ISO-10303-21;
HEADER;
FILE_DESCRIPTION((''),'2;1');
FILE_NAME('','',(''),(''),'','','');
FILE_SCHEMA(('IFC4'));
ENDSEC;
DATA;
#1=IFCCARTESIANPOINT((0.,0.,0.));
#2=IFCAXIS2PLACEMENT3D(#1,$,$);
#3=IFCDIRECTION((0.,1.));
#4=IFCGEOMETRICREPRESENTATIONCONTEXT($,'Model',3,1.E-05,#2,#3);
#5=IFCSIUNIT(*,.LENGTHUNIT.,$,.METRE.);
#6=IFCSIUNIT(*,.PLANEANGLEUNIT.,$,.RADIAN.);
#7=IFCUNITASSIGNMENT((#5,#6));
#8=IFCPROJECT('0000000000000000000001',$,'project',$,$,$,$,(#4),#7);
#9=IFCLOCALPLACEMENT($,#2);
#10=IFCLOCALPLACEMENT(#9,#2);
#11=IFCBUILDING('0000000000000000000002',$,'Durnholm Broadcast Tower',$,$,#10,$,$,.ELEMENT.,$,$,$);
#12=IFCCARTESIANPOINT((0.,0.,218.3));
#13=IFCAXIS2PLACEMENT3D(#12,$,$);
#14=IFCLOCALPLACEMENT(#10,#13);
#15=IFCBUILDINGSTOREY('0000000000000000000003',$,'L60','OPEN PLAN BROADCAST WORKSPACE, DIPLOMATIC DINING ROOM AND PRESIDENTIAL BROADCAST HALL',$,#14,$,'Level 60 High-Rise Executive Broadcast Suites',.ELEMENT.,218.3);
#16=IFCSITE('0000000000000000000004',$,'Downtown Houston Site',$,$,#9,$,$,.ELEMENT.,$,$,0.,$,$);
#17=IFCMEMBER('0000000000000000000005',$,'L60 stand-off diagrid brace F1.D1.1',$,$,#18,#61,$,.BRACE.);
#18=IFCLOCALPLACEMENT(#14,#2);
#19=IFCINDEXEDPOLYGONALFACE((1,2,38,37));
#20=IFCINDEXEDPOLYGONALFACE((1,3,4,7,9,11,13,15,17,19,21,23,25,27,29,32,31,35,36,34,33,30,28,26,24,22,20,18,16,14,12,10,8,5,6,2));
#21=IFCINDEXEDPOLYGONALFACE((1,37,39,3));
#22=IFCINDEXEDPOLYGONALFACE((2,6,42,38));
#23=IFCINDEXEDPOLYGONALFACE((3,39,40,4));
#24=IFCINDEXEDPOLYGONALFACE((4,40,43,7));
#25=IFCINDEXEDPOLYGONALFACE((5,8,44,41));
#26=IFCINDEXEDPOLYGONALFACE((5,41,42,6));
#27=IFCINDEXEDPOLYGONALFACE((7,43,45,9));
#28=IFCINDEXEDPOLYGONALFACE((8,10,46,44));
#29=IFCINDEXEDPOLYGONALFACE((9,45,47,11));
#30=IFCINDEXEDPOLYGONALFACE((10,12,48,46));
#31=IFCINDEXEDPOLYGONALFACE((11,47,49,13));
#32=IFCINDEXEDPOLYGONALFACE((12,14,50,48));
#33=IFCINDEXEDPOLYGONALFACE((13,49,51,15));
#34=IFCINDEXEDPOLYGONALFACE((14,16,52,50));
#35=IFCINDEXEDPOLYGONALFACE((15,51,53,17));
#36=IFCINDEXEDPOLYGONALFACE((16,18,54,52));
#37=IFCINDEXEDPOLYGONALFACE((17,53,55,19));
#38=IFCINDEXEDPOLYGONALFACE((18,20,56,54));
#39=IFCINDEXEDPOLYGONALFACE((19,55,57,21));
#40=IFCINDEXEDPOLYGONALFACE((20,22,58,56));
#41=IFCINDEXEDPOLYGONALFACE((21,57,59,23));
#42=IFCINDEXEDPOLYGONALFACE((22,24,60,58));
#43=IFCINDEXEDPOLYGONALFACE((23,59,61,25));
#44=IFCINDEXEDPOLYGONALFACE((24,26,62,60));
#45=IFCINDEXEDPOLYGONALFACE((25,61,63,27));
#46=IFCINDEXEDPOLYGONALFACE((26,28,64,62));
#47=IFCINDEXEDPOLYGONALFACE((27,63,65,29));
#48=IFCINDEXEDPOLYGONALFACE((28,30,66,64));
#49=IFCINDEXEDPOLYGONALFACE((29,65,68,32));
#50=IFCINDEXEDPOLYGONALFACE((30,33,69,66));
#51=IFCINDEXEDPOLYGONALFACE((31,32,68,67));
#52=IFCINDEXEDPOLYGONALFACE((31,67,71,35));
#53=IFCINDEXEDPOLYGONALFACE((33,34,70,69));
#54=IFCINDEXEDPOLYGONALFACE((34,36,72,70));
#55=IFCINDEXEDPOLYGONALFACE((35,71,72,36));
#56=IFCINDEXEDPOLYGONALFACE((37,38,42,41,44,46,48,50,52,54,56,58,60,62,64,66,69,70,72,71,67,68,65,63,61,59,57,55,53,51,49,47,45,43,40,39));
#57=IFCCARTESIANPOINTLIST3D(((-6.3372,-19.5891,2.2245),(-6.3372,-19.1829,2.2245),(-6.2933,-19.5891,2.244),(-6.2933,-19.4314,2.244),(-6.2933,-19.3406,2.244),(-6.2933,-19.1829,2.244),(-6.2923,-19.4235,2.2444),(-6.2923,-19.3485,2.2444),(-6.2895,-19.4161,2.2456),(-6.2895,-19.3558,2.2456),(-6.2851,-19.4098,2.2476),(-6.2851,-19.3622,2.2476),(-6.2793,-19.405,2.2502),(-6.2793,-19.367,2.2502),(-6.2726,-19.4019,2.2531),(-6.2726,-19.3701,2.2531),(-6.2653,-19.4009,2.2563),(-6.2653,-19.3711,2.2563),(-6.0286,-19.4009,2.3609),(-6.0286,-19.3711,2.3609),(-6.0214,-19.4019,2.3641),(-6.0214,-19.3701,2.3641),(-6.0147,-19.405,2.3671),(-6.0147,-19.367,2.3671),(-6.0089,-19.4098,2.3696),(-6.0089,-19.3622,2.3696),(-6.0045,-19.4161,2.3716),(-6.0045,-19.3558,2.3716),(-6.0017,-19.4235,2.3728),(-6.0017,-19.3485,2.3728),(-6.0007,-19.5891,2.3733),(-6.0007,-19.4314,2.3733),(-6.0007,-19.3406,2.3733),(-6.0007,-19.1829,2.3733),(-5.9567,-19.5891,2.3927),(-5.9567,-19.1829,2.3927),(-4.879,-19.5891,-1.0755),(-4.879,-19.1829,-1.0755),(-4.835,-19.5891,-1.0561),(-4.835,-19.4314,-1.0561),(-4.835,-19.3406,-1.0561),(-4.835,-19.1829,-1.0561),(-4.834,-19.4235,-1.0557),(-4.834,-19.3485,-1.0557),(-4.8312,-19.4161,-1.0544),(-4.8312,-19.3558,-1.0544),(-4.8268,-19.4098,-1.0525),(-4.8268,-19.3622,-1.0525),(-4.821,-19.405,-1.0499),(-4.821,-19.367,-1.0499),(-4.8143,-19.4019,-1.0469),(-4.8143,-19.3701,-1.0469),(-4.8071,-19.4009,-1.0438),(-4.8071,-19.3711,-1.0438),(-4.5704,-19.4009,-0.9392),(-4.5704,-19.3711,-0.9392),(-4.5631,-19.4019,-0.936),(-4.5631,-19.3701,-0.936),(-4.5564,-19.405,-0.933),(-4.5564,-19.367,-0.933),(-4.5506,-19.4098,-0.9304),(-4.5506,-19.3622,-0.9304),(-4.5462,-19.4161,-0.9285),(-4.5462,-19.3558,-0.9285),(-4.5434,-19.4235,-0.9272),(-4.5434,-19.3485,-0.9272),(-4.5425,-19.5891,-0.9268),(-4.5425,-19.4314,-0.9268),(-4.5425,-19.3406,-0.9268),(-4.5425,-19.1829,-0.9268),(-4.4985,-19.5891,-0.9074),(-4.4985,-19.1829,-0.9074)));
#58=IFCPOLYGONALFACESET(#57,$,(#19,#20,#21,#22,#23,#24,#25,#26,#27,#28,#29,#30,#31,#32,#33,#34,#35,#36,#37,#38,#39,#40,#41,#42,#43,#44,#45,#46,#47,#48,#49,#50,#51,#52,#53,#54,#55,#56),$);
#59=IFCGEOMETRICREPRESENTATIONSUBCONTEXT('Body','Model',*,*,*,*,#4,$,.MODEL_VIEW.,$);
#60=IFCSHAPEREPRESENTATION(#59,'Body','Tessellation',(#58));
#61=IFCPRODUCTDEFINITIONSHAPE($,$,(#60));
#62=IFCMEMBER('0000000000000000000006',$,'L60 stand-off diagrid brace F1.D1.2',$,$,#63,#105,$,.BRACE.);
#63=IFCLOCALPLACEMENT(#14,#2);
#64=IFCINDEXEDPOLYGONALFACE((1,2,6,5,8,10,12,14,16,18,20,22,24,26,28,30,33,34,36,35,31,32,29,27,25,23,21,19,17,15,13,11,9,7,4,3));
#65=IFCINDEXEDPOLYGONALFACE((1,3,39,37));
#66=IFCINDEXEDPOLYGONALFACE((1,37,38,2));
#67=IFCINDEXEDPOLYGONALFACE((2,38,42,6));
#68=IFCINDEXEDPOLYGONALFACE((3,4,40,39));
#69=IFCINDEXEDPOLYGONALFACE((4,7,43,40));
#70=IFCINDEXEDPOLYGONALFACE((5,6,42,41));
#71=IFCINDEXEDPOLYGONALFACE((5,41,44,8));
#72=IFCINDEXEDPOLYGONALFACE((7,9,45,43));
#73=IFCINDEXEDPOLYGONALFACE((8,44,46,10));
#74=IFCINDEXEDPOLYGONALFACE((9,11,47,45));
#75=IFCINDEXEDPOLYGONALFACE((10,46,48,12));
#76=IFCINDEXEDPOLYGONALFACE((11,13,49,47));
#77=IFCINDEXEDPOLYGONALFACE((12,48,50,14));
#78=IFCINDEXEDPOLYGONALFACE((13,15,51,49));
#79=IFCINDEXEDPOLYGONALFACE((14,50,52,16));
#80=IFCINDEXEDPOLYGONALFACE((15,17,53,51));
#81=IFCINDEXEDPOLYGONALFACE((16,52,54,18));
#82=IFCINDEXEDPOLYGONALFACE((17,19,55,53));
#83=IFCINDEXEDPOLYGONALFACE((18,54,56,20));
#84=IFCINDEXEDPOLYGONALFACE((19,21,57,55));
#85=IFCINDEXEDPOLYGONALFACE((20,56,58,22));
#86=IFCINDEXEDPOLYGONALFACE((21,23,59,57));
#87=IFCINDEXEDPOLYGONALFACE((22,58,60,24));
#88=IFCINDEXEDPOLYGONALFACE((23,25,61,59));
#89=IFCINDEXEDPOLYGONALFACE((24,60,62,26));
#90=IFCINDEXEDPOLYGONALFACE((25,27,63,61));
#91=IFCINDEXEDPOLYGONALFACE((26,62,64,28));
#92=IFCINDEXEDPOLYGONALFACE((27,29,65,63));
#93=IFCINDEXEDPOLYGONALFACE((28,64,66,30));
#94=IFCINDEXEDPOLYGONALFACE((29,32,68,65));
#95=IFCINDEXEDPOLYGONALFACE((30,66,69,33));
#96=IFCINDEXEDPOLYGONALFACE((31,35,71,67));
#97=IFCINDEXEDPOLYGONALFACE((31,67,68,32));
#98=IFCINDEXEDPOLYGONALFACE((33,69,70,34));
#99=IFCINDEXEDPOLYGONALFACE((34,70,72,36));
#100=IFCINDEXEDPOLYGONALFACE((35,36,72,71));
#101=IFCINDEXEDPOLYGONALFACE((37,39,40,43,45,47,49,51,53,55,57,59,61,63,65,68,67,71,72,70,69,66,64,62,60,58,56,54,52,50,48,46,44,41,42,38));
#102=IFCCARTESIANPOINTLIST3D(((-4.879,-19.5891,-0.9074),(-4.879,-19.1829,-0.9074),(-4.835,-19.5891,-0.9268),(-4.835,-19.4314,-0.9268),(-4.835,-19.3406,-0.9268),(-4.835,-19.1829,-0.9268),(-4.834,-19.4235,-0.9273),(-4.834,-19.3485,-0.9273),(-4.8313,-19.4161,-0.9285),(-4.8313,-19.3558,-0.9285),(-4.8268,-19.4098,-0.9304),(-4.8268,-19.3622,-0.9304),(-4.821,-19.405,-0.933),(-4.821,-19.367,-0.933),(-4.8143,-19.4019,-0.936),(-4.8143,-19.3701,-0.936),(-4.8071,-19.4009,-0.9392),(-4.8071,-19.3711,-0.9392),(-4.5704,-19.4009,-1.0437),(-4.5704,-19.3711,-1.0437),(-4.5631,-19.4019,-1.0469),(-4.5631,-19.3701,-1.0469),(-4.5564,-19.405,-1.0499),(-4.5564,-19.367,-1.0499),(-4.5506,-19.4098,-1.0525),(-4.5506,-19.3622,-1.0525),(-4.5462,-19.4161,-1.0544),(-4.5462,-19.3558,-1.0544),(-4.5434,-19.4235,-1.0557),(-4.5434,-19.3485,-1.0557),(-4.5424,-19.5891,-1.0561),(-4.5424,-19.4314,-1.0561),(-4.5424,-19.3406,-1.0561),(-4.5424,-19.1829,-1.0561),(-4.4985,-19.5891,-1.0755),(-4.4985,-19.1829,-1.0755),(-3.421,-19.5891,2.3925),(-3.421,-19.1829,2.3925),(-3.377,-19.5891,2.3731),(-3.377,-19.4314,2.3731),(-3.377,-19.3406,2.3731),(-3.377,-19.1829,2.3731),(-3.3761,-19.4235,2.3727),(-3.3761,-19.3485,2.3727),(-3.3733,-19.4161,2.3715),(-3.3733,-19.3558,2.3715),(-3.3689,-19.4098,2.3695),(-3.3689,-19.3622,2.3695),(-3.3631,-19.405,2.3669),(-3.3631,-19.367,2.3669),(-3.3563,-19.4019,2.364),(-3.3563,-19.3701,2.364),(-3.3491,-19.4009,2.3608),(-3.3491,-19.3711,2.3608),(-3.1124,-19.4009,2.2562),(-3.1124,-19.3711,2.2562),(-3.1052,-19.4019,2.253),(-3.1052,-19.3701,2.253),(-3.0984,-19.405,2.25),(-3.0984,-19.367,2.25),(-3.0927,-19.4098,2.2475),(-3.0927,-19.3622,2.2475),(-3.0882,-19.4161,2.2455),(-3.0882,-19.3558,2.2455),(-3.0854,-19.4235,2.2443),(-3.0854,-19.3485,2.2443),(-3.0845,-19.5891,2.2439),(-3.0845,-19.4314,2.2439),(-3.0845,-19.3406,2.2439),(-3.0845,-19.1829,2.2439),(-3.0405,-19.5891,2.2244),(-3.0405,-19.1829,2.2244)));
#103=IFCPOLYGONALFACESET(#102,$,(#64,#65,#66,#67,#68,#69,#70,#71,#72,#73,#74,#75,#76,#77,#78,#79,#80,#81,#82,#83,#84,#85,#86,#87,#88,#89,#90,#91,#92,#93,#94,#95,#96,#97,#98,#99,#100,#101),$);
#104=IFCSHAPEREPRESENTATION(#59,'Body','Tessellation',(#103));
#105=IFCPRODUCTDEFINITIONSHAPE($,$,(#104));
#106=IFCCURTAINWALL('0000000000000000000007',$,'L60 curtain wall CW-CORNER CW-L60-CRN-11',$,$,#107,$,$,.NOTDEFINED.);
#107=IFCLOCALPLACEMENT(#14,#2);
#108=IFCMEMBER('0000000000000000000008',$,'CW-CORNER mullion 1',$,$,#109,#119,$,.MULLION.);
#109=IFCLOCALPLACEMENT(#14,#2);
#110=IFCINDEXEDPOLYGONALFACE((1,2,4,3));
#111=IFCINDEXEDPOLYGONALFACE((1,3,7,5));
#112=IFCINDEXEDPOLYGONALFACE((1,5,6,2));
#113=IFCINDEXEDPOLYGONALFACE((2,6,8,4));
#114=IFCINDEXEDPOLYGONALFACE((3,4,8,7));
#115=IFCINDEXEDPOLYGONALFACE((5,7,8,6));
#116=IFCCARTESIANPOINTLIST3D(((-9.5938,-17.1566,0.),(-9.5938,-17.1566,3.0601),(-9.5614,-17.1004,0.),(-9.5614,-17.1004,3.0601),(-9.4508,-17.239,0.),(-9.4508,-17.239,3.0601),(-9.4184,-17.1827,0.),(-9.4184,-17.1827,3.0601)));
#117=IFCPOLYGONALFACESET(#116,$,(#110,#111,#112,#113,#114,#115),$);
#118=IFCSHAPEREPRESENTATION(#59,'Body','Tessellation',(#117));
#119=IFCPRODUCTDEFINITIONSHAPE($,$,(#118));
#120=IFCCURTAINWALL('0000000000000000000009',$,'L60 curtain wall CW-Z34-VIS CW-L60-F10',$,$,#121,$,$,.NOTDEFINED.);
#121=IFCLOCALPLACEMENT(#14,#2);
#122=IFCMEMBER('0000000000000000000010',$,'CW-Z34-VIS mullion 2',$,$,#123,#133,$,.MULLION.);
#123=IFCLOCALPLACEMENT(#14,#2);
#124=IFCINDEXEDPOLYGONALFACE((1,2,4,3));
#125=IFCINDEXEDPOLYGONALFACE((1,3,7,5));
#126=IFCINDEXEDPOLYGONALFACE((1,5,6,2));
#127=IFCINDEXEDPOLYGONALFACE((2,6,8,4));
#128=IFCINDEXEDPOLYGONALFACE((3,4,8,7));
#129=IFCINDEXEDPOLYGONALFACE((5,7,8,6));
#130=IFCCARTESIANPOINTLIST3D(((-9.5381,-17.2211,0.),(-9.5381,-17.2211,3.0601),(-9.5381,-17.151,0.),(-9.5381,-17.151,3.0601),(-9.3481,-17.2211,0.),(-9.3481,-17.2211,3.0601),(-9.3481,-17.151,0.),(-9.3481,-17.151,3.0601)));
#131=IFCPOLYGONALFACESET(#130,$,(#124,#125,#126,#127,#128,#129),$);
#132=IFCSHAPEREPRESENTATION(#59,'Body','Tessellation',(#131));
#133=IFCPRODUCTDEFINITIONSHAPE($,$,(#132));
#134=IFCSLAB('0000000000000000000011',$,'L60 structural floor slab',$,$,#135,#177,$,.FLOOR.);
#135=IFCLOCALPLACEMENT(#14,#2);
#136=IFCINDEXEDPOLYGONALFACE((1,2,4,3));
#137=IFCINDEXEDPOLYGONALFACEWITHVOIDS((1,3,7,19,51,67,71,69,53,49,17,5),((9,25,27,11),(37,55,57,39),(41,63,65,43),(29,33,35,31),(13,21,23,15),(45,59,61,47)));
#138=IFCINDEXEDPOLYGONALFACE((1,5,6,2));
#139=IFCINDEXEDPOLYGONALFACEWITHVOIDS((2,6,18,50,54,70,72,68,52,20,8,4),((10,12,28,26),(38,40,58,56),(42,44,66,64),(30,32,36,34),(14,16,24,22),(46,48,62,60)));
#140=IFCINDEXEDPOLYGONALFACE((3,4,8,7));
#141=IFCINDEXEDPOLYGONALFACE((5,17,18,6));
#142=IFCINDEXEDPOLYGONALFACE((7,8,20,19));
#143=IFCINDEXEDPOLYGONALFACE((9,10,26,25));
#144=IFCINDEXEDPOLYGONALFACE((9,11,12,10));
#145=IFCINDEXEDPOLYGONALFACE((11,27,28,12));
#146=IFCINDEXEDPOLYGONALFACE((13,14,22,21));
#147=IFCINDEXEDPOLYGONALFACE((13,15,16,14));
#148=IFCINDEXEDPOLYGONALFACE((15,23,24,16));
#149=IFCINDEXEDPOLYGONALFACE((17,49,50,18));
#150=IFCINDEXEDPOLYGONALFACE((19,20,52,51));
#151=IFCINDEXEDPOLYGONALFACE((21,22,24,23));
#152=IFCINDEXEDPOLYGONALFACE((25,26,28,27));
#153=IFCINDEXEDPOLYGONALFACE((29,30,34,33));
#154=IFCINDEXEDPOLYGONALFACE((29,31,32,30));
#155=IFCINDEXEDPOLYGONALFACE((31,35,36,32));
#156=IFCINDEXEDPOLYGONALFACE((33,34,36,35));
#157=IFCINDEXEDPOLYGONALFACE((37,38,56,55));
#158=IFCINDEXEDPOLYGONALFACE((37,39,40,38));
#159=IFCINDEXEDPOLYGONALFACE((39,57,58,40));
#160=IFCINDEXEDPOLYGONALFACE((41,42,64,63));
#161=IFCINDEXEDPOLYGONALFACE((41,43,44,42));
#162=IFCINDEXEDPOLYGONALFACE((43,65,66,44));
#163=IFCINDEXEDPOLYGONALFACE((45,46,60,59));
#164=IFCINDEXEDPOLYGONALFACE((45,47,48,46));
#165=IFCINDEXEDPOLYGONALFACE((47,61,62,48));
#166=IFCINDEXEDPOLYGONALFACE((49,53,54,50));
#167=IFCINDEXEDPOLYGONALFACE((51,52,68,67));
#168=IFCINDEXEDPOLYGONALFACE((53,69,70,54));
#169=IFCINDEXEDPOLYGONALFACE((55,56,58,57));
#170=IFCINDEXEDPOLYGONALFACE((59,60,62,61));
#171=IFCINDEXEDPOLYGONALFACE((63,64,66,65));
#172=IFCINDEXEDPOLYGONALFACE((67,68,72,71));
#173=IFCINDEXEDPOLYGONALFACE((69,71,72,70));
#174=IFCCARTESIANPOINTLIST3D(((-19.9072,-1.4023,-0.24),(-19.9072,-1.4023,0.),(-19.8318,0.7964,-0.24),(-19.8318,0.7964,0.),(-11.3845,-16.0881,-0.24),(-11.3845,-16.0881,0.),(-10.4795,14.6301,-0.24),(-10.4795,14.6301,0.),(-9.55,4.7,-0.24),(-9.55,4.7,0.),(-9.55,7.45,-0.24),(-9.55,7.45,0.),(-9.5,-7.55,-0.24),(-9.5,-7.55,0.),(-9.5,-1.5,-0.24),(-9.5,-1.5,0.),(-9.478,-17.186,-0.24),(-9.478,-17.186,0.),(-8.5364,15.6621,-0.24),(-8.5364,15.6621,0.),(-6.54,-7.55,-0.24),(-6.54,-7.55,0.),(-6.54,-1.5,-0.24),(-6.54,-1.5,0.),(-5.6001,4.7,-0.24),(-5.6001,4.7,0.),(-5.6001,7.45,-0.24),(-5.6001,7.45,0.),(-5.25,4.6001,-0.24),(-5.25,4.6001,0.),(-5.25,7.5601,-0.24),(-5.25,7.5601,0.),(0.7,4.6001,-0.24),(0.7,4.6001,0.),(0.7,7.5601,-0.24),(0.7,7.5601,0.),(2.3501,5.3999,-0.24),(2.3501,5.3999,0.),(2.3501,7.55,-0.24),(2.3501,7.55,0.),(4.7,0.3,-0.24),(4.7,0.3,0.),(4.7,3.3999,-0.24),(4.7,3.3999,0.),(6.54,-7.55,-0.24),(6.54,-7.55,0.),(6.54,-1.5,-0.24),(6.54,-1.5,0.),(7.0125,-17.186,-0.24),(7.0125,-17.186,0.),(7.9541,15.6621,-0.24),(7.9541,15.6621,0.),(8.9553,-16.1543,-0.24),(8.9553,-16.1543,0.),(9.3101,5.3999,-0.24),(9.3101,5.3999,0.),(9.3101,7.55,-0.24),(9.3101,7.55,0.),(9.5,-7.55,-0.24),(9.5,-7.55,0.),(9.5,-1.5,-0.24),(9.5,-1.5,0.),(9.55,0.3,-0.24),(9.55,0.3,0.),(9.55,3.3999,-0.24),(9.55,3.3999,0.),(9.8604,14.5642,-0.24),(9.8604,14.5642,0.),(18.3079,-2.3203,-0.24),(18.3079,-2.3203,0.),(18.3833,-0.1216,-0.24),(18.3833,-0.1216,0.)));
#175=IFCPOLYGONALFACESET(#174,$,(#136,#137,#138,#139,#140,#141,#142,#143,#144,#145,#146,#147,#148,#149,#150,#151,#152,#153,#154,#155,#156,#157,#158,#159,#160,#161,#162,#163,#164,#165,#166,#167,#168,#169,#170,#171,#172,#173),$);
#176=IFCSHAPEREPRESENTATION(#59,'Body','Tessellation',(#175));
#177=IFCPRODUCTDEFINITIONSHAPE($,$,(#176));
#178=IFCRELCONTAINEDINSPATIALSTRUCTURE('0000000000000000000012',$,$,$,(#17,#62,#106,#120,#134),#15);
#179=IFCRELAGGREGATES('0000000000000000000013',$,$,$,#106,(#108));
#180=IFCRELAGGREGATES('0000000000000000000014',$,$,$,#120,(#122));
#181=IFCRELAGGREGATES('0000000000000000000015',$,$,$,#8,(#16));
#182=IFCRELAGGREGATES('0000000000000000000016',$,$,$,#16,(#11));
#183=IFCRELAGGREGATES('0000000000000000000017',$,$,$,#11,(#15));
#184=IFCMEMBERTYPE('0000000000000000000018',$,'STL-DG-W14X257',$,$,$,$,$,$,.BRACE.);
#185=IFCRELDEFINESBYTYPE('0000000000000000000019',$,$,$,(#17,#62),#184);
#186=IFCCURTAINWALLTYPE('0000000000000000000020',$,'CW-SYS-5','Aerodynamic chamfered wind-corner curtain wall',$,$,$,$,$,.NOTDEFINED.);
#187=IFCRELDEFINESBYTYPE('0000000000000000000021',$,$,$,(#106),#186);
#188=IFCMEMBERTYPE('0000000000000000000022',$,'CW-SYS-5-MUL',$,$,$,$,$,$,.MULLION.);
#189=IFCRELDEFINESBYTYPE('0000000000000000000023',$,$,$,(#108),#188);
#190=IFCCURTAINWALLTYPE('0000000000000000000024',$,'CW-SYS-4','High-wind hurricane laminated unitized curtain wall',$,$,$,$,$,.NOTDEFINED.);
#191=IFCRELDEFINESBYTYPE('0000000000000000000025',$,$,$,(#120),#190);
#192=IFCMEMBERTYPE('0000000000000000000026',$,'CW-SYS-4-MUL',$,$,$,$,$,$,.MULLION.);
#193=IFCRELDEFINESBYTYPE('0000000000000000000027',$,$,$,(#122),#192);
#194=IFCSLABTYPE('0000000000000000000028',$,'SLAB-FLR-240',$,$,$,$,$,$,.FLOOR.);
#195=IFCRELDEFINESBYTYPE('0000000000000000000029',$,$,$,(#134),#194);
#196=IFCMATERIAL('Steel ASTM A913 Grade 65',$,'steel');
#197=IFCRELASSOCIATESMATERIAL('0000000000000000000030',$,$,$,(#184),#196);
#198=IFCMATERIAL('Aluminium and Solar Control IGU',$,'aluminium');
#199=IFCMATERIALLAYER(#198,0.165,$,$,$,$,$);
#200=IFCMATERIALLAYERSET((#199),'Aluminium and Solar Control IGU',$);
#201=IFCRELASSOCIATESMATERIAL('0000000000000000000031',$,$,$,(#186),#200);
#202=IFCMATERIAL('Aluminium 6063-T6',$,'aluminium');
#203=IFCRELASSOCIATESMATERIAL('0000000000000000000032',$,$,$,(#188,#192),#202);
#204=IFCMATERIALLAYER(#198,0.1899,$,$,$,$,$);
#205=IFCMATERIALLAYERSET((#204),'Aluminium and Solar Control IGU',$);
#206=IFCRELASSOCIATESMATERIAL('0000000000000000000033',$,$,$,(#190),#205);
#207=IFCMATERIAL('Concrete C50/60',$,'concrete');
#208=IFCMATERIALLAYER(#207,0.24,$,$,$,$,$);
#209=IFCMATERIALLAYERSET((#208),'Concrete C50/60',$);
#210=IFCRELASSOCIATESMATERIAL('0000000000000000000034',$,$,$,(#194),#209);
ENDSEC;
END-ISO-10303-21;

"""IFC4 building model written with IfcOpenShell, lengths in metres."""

from ifc_helpers import new_model, si_unit, direction, frame, origin, origin_2d, place, context, subcontext, project, spatial, polyline, rectangle, i_section, outline, extrude, source, transform, mapped, material, layer, layer_set, material_profile, profile_set, type_object, type_shapes, element, aggregate, save


model = new_model("IFC4")

# Units and contexts
model_context = context("Model", 3, precision=1e-05, world=origin(), true_north=direction((0.0, 1.0)))
body_context = subcontext(model_context, "Body", "Model", "MODEL_VIEW")
ifc_project = project(units=[si_unit("LENGTHUNIT", "METRE"), si_unit("PLANEANGLEUNIT", "RADIAN")], contexts=[model_context])

# Site, building, storey
site_placement = place(None, origin())
site = spatial("IfcSite", under=ifc_project, at=site_placement, Name="Downtown Houston Site", CompositionType="ELEMENT", RefElevation=0.0)
building_placement = place(site_placement, origin())
building = spatial("IfcBuilding", under=site, at=building_placement, Name="Durnholm Broadcast Tower", CompositionType="ELEMENT")
storey_placement = place(building_placement, frame((0.0, 0.0, 218.3)))
storey = spatial("IfcBuildingStorey", under=building, at=storey_placement, Name="L60", Description="OPEN PLAN BROADCAST WORKSPACE, DIPLOMATIC DINING ROOM AND PRESIDENTIAL BROADCAST HALL", LongName="Level 60 High-Rise Executive Broadcast Suites", CompositionType="ELEMENT", Elevation=218.3)

# Members
ifc_material_1 = material(Name="Steel ASTM A913 Grade 65", Category="steel")
ifc_material_profile_1 = material_profile(ifc_material_1, i_section(OverallWidth=0.4062, OverallDepth=0.416, WebThickness=0.0298, FlangeThickness=0.0481, FilletRadius=0.0305, at=origin_2d()), Name="W14X257")
ifc_profile_set_1 = profile_set([ifc_material_profile_1], Name="Steel ASTM A913 Grade 65")
member_type_1 = type_object("IfcMemberType", Name="STL-DG-W14X257", PredefinedType="BRACE", material=ifc_profile_set_1)
shared_shape_1 = source(origin(), body_context, "Body", "SweptSolid", [
    extrude(i_section(OverallWidth=0.4062, OverallDepth=0.416, WebThickness=0.0298, FlangeThickness=0.0481, FilletRadius=0.0305, at=origin_2d()), origin(), (0.0, 0.0, 1.0), 3.6079),
])
member_1_placement = place(storey_placement, frame((-4.6887, -19.386, -0.9915), z_axis=(-0.404185, 0.0, 0.914677), x_axis=(0.0, -1.0, 0.0)))
element("IfcMember", 1, at=member_1_placement, inside=storey, type_object=member_type_1, Name="L60 stand-off diagrid brace F1.D1.1", PredefinedType="BRACE", context=body_context, shape_type="MappedRepresentation", body=[
    mapped(shared_shape_1, transform((0.0, 0.0, 0.0), x_axis=(1.0, 0.0, 0.0), y_axis=(0.0, 1.0, 0.0), z_axis=(0.0, 0.0, 1.0), scale=1.0)),
])
shared_shape_2 = source(origin(), body_context, "Body", "SweptSolid", [
    extrude(i_section(OverallWidth=0.4062, OverallDepth=0.416, WebThickness=0.0298, FlangeThickness=0.0481, FilletRadius=0.0305, at=origin_2d()), origin(), (0.0, 0.0, 1.0), 3.6077),
])
type_shapes(member_type_1, [shared_shape_1, shared_shape_2])
member_2_placement = place(storey_placement, frame((-4.6887, -19.386, -0.9915), z_axis=(0.404128, 0.0, 0.914702), x_axis=(0.0, 1.0, 0.0)))
element("IfcMember", 2, at=member_2_placement, inside=storey, type_object=member_type_1, Name="L60 stand-off diagrid brace F1.D1.2", PredefinedType="BRACE", context=body_context, shape_type="MappedRepresentation", body=[
    mapped(shared_shape_2, transform((0.0, 0.0, 0.0), x_axis=(1.0, 0.0, 0.0), y_axis=(0.0, 1.0, 0.0), z_axis=(0.0, 0.0, 1.0), scale=1.0)),
])

# Curtain walls, members
ifc_material_2 = material(Name="Aluminium and Solar Control IGU", Category="aluminium")
ifc_layer_1 = layer(ifc_material_2, 0.165)
ifc_layer_set_1 = layer_set([ifc_layer_1], Name="Aluminium and Solar Control IGU")
curtain_wall_type_1 = type_object("IfcCurtainWallType", Name="CW-SYS-5", Description="Aerodynamic chamfered wind-corner curtain wall", PredefinedType="NOTDEFINED", material=ifc_layer_set_1)
curtain_wall_1_placement = place(storey_placement, origin())
curtain_wall_1 = element("IfcCurtainWall", 3, at=curtain_wall_1_placement, inside=storey, type_object=curtain_wall_type_1, Name="L60 curtain wall CW-CORNER CW-L60-CRN-11", PredefinedType="NOTDEFINED")
ifc_material_3 = material(Name="Aluminium 6063-T6", Category="aluminium")
ifc_material_profile_2 = material_profile(ifc_material_3, rectangle(XDim=0.0649, YDim=0.165, at=origin_2d()), Name="CWM65X165")
ifc_profile_set_2 = profile_set([ifc_material_profile_2], Name="Aluminium 6063-T6")
member_type_2 = type_object("IfcMemberType", Name="CW-SYS-5-MUL", PredefinedType="MULLION", material=ifc_profile_set_2)
shared_shape_3 = source(origin(), body_context, "Body", "SweptSolid", [
    extrude(rectangle(XDim=0.0649, YDim=0.165, at=origin_2d()), origin(), (0.0, 0.0, 1.0), 3.0601),
])
type_shapes(member_type_2, [shared_shape_3])
member_3_placement = place(storey_placement, frame((-9.5061, -17.1697, 0.0), z_axis=(0.0, 0.0, 1.0), x_axis=(-0.499059, -0.866568, 0.0)))
member_3 = element("IfcMember", 4, at=member_3_placement, type_object=member_type_2, Name="CW-CORNER mullion 1", PredefinedType="MULLION", context=body_context, shape_type="MappedRepresentation", body=[
    mapped(shared_shape_3, transform((0.0, 0.0, 0.0), x_axis=(1.0, 0.0, 0.0), y_axis=(0.0, 1.0, 0.0), z_axis=(0.0, 0.0, 1.0), scale=1.0)),
])
aggregate(curtain_wall_1, [member_3])
ifc_layer_2 = layer(ifc_material_2, 0.1899)
ifc_layer_set_2 = layer_set([ifc_layer_2], Name="Aluminium and Solar Control IGU")
curtain_wall_type_2 = type_object("IfcCurtainWallType", Name="CW-SYS-4", Description="High-wind hurricane laminated unitized curtain wall", PredefinedType="NOTDEFINED", material=ifc_layer_set_2)
curtain_wall_2_placement = place(storey_placement, origin())
curtain_wall_2 = element("IfcCurtainWall", 5, at=curtain_wall_2_placement, inside=storey, type_object=curtain_wall_type_2, Name="L60 curtain wall CW-Z34-VIS CW-L60-F10", PredefinedType="NOTDEFINED")
ifc_material_profile_3 = material_profile(ifc_material_3, rectangle(XDim=0.0701, YDim=0.1899, at=origin_2d()), Name="CWM70X190")
ifc_profile_set_3 = profile_set([ifc_material_profile_3], Name="Aluminium 6063-T6")
member_type_3 = type_object("IfcMemberType", Name="CW-SYS-4-MUL", PredefinedType="MULLION", material=ifc_profile_set_3)
shared_shape_4 = source(origin(), body_context, "Body", "SweptSolid", [
    extrude(rectangle(XDim=0.0701, YDim=0.1899, at=origin_2d()), origin(), (0.0, 0.0, 1.0), 3.0601),
])
type_shapes(member_type_3, [shared_shape_4])
member_4_placement = place(storey_placement, frame((-9.4431, -17.186, 0.0), z_axis=(0.0, 0.0, 1.0), x_axis=(0.0, -1.0, 0.0)))
member_4 = element("IfcMember", 6, at=member_4_placement, type_object=member_type_3, Name="CW-Z34-VIS mullion 2", PredefinedType="MULLION", context=body_context, shape_type="MappedRepresentation", body=[
    mapped(shared_shape_4, transform((0.0, 0.0, 0.0), x_axis=(1.0, 0.0, 0.0), y_axis=(0.0, 1.0, 0.0), z_axis=(0.0, 0.0, 1.0), scale=1.0)),
])

# Slab
ifc_material_4 = material(Name="Concrete C50/60", Category="concrete")
ifc_layer_3 = layer(ifc_material_4, 0.24)
ifc_layer_set_3 = layer_set([ifc_layer_3], Name="Concrete C50/60")
slab_type_1 = type_object("IfcSlabType", Name="SLAB-FLR-240", PredefinedType="FLOOR", material=ifc_layer_set_3)
slab_1_placement = place(storey_placement, frame((0.0, 0.0, -0.24)))
element("IfcSlab", 7, at=slab_1_placement, inside=storey, type_object=slab_type_1, Name="L60 structural floor slab", PredefinedType="FLOOR", context=body_context, shape_type="SweptSolid", body=[
    extrude(outline(polyline([(-11.3845, -16.0881), (-9.478, -17.186), (7.0125, -17.186), (8.9553, -16.1543), (18.3079, -2.3203), (18.3833, -0.1216), (9.8604, 14.5642), (7.9541, 15.6621), (-8.5364, 15.6621), (-10.4795, 14.6301), (-19.8318, 0.7964), (-19.9072, -1.4023), (-11.3845, -16.0881)]), holes=[polyline([(-6.54, -1.5), (-9.5, -1.5), (-9.5, -7.55), (-6.54, -7.55), (-6.54, -1.5)]), polyline([(9.5, -7.55), (9.5, -1.5), (6.54, -1.5), (6.54, -7.55), (9.5, -7.55)]), polyline([(9.55, 3.3999), (4.7, 3.3999), (4.7, 0.3), (9.55, 0.3), (9.55, 3.3999)]), polyline([(-9.55, 7.45), (-9.55, 4.7), (-5.6001, 4.7), (-5.6001, 7.45), (-9.55, 7.45)]), polyline([(-5.25, 4.6001), (0.7, 4.6001), (0.7, 7.5601), (-5.25, 7.5601), (-5.25, 4.6001)]), polyline([(9.3101, 7.55), (2.3501, 7.55), (2.3501, 5.3999), (9.3101, 5.3999), (9.3101, 7.55)])]), origin(), (0.0, 0.0, 1.0), 0.24),
])

aggregate(curtain_wall_2, [member_4])

save(model, "model.ifc")
